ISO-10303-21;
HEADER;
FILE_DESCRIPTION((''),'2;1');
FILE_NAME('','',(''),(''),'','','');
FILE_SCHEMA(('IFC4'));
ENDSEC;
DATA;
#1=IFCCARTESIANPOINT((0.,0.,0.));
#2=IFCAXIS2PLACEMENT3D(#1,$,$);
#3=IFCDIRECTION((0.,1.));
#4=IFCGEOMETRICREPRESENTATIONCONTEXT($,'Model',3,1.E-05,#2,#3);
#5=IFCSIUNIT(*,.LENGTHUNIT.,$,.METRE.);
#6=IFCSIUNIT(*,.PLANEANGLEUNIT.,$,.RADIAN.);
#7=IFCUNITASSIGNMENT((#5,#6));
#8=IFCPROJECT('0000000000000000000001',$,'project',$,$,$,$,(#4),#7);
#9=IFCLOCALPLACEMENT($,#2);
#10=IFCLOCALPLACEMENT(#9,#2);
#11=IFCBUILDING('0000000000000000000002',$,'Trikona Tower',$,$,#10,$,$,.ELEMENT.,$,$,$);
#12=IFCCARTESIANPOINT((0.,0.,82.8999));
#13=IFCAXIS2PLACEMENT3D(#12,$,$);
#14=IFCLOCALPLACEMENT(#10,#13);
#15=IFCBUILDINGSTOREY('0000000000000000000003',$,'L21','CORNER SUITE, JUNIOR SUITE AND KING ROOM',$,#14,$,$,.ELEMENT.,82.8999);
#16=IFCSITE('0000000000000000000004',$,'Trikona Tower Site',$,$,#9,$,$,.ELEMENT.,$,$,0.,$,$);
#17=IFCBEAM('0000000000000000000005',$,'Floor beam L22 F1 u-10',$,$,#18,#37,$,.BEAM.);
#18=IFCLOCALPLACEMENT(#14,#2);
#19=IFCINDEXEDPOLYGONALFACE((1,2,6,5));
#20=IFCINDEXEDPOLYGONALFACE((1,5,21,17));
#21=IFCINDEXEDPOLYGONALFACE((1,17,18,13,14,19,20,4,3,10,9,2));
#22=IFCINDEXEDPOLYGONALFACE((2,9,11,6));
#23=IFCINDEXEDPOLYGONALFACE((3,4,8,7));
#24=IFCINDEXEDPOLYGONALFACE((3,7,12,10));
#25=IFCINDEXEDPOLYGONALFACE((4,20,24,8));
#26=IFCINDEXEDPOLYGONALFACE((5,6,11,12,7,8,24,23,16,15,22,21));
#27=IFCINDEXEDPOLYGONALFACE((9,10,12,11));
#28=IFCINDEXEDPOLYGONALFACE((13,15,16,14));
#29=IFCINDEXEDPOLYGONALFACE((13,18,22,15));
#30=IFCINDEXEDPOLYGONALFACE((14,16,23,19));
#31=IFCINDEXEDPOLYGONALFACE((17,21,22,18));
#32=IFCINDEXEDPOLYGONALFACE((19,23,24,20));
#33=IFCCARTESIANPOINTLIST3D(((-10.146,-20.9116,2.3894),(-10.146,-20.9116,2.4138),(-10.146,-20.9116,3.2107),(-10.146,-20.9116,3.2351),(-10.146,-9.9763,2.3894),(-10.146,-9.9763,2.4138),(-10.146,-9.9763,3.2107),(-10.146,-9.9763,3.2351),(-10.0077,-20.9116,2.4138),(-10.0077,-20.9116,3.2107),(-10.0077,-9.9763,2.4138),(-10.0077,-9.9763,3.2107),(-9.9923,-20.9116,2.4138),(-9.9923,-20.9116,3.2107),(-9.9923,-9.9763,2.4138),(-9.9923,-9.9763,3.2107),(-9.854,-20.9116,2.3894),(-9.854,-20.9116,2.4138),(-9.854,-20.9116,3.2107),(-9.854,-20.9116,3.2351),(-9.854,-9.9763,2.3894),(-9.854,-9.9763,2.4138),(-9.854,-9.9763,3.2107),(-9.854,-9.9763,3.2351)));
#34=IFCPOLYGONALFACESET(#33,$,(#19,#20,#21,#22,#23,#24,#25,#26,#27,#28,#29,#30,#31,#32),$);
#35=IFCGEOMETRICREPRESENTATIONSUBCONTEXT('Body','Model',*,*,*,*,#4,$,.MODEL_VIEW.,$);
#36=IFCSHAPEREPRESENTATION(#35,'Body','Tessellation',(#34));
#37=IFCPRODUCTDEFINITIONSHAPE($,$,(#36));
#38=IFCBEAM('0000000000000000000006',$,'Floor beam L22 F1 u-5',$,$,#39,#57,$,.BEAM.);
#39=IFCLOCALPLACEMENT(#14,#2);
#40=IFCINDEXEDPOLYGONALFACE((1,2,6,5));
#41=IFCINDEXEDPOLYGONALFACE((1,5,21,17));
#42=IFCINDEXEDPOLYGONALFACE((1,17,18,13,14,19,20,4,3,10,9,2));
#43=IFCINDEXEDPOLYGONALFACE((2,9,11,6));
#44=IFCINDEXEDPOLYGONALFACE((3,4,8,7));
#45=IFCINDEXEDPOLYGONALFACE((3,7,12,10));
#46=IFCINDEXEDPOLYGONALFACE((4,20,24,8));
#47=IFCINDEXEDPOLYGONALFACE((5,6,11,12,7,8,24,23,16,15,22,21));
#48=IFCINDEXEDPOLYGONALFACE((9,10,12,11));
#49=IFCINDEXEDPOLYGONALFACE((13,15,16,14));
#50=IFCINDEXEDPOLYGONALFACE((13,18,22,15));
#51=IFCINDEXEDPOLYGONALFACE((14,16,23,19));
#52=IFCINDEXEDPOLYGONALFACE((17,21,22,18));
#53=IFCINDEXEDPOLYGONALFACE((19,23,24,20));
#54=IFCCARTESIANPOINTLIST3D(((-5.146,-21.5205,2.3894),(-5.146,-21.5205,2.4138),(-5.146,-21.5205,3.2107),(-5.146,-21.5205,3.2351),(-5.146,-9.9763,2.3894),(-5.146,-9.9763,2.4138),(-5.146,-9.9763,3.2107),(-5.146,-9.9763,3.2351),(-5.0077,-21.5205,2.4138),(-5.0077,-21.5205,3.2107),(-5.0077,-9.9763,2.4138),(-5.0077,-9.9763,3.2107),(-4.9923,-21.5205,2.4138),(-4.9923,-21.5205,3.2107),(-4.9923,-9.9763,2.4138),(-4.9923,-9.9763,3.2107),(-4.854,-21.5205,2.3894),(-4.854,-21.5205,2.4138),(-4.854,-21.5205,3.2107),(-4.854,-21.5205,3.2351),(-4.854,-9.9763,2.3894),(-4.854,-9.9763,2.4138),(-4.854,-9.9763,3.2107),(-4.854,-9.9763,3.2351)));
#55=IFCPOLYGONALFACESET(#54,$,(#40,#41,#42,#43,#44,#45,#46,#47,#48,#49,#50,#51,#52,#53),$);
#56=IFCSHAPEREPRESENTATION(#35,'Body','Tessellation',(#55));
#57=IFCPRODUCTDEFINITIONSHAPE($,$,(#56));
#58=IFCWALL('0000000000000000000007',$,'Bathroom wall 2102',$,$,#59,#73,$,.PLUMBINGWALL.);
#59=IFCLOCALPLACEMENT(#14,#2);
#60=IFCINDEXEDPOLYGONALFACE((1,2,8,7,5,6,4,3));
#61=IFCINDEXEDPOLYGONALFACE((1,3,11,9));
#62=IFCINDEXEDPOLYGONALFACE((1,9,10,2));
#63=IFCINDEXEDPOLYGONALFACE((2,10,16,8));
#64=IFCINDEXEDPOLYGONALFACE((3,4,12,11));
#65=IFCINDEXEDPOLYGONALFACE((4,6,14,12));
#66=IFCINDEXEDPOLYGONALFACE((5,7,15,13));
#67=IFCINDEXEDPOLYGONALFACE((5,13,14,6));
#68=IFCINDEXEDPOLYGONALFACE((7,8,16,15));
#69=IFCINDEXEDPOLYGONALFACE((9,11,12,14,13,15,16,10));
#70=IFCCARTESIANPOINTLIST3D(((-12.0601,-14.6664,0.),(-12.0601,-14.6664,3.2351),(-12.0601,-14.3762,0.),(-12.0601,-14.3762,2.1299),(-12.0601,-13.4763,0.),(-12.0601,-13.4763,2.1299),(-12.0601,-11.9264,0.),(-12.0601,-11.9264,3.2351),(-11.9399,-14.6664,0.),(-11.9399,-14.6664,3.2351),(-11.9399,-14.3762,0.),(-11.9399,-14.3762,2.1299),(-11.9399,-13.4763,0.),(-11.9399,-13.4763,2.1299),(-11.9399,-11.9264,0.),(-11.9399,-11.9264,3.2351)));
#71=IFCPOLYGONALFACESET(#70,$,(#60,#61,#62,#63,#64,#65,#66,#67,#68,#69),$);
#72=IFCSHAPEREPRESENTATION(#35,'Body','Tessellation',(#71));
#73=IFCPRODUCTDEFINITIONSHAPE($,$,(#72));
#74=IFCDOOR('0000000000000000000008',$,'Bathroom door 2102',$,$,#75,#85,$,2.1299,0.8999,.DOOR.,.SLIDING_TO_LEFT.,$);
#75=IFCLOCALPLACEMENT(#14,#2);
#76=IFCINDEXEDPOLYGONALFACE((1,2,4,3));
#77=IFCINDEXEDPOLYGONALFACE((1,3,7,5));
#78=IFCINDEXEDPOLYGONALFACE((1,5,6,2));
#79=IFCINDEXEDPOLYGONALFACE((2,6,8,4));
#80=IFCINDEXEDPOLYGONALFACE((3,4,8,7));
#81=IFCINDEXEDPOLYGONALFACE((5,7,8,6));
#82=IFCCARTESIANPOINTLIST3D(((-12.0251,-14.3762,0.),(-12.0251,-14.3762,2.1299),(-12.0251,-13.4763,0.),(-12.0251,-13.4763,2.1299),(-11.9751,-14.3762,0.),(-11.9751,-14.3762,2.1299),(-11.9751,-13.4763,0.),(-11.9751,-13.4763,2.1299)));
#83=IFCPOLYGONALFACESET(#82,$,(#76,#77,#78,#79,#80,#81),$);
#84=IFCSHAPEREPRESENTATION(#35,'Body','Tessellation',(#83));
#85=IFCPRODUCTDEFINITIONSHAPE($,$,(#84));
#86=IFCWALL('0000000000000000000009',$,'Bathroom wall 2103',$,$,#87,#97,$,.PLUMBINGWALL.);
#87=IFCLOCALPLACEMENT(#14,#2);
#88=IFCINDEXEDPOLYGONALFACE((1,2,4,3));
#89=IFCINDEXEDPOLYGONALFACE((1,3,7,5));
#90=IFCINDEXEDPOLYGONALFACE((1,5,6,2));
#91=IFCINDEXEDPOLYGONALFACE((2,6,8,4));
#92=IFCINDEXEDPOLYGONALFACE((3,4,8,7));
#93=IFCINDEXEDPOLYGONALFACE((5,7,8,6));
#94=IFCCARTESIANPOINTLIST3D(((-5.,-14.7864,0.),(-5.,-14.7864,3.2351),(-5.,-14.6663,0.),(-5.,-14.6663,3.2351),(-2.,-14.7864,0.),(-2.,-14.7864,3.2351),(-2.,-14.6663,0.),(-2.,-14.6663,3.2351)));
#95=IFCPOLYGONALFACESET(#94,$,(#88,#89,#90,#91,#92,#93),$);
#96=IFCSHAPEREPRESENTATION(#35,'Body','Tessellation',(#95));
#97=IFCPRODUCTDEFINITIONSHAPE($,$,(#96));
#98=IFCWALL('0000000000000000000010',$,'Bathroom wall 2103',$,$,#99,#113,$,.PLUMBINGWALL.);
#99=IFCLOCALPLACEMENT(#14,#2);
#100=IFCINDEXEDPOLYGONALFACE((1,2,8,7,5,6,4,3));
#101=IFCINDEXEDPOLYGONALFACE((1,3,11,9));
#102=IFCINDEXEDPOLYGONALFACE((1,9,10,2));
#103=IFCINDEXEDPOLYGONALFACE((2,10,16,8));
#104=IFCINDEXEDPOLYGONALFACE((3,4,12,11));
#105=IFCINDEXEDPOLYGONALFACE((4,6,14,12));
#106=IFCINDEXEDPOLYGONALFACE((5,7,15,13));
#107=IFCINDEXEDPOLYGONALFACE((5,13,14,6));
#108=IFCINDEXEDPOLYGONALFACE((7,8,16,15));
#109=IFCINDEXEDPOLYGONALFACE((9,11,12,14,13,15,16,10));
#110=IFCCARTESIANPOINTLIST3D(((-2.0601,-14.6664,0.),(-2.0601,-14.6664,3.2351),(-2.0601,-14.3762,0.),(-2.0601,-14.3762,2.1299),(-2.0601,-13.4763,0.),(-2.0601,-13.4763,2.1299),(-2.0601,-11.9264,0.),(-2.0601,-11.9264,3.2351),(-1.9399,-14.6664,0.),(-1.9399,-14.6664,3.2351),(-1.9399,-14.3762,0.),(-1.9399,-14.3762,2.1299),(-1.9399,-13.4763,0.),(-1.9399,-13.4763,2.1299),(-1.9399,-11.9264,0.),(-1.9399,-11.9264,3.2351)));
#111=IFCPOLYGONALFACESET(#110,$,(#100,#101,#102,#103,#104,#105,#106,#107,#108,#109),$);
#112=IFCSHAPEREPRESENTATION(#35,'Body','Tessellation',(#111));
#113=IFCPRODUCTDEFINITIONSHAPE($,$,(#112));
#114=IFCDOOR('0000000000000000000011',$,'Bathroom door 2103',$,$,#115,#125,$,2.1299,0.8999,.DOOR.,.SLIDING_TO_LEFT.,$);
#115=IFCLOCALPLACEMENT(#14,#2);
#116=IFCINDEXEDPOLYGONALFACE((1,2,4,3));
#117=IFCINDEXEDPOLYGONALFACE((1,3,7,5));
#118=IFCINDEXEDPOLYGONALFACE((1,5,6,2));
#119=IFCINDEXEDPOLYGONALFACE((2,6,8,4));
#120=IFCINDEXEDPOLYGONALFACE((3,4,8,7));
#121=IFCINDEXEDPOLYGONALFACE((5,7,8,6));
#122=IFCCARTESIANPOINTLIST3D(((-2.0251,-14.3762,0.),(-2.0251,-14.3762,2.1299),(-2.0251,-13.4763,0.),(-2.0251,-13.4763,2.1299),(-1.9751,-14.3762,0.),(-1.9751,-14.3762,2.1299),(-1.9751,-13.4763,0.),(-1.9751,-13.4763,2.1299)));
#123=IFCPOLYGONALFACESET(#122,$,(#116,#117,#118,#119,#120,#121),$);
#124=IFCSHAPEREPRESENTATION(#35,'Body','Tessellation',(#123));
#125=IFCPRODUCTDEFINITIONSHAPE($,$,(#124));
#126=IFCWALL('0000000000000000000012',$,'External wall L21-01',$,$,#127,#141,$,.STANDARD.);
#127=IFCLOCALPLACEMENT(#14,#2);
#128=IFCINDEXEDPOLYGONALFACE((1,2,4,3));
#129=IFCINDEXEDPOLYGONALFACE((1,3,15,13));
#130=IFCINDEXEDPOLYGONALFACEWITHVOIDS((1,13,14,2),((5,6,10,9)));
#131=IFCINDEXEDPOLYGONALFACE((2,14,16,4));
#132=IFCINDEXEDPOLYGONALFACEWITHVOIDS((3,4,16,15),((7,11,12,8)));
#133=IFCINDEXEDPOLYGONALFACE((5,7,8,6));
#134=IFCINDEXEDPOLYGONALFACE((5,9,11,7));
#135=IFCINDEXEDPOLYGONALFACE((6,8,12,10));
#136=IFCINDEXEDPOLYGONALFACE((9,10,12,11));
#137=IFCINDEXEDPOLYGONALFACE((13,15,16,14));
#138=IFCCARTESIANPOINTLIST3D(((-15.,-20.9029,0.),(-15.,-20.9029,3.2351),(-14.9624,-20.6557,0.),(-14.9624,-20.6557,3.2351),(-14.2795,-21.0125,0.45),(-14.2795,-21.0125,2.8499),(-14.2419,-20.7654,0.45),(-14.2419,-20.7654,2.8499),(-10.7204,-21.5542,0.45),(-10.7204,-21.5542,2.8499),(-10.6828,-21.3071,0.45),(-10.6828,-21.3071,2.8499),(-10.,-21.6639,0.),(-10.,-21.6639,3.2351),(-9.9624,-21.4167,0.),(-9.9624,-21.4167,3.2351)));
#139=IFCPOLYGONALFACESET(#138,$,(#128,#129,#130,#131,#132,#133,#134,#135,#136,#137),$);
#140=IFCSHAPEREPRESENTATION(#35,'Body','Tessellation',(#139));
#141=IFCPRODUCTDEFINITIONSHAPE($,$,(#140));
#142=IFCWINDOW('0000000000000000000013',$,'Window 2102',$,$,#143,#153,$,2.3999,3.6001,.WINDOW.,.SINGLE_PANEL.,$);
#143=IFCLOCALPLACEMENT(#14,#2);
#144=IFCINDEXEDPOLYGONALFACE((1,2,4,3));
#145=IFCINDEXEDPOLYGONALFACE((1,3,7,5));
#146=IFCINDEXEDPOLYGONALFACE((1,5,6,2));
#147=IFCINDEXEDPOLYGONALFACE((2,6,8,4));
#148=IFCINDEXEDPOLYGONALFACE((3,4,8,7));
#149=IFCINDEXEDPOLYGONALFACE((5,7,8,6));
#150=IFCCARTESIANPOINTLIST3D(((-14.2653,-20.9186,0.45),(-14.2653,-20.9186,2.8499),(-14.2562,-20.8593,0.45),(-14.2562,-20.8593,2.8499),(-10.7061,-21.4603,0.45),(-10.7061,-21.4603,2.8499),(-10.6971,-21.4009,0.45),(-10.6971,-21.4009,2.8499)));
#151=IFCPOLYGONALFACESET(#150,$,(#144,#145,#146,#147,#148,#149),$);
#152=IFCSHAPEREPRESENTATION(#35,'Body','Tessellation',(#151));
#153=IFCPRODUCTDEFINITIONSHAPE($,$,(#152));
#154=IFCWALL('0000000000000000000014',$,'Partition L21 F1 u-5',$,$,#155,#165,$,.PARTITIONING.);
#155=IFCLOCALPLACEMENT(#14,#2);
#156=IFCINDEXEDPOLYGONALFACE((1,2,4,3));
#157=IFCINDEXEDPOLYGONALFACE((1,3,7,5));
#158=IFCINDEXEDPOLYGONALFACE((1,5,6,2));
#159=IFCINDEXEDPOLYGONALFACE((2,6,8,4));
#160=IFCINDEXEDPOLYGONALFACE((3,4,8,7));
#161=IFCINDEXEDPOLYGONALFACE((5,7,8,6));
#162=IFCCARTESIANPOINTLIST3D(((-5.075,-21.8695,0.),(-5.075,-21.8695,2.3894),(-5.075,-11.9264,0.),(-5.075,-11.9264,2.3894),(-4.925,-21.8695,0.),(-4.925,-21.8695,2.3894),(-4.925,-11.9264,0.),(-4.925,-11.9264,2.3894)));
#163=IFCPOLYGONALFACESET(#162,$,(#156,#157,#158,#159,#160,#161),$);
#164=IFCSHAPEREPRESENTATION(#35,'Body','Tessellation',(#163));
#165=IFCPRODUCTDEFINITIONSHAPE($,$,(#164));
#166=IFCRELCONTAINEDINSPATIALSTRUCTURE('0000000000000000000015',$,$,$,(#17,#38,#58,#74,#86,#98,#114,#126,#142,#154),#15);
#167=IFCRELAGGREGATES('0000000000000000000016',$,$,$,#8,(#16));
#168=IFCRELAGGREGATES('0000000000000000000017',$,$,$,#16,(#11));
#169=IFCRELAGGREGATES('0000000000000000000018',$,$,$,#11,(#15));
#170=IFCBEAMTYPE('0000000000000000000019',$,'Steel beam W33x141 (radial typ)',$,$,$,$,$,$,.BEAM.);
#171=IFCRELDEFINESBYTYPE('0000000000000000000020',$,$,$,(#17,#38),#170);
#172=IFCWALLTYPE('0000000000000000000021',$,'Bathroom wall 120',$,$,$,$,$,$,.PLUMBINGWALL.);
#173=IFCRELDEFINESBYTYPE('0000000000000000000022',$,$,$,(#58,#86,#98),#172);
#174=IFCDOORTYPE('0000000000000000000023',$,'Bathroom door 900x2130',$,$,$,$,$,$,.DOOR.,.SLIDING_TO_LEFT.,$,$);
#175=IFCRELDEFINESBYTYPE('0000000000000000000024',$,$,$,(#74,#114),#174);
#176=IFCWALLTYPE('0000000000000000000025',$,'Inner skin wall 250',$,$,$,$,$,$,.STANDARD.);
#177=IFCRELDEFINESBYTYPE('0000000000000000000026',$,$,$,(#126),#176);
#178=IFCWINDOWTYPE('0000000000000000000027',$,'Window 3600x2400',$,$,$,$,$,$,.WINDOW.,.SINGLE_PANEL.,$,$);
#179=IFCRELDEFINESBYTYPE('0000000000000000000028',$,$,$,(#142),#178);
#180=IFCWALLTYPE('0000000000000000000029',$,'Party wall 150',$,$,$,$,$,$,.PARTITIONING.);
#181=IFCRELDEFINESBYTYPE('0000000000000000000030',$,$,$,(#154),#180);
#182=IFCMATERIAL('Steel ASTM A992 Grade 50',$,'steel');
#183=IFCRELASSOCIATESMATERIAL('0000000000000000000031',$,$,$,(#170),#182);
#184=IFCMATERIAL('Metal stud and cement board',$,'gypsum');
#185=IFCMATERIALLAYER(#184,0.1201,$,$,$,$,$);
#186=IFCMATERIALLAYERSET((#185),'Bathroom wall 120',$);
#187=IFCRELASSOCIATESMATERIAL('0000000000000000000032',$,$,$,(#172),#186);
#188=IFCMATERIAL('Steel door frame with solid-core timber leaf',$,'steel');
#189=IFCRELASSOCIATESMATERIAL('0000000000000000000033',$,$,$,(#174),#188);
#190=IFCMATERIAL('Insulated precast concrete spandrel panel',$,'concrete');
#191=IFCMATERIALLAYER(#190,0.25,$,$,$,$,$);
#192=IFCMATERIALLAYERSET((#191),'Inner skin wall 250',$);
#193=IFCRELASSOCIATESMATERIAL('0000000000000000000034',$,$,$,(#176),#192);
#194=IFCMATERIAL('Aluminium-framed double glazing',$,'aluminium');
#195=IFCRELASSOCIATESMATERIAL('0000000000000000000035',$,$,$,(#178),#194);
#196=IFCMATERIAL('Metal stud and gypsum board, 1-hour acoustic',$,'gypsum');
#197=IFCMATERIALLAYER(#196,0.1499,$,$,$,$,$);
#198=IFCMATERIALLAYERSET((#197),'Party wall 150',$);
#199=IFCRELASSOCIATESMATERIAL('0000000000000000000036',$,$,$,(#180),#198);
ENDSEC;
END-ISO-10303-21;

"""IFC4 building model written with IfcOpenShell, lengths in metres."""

from ifc_helpers import new_model, si_unit, direction, frame, frame_2d, origin, origin_2d, place, context, subcontext, project, spatial, rectangle, i_section, extrude, material, layer, layer_set, material_profile, profile_set, type_object, element, fill, save


model = new_model("IFC4")

# Units and contexts
model_context = context("Model", 3, precision=1e-05, world=origin(), true_north=direction((0.0, 1.0)))
body_context = subcontext(model_context, "Body", "Model", "MODEL_VIEW")
ifc_project = project(units=[si_unit("LENGTHUNIT", "METRE"), si_unit("PLANEANGLEUNIT", "RADIAN")], contexts=[model_context])

# Site, building, storey
site_placement = place(None, origin())
site = spatial("IfcSite", under=ifc_project, at=site_placement, Name="Trikona Tower Site", CompositionType="ELEMENT", RefElevation=0.0)
building_placement = place(site_placement, origin())
building = spatial("IfcBuilding", under=site, at=building_placement, Name="Trikona Tower", CompositionType="ELEMENT")
storey_placement = place(building_placement, frame((0.0, 0.0, 82.8999)))
storey = spatial("IfcBuildingStorey", under=building, at=storey_placement, Name="L21", Description="CORNER SUITE, JUNIOR SUITE AND KING ROOM", CompositionType="ELEMENT", Elevation=82.8999)

# Beams
ifc_material_1 = material(Name="Steel ASTM A992 Grade 50", Category="steel")
ifc_material_profile = material_profile(ifc_material_1, i_section(OverallWidth=0.292, OverallDepth=0.8457, WebThickness=0.0154, FlangeThickness=0.0244, at=origin_2d()), Name="W33X141")
ifc_profile_set = profile_set([ifc_material_profile], Name="Steel ASTM A992 Grade 50")
beam_type = type_object("IfcBeamType", Name="Steel beam W33x141 (radial typ)", PredefinedType="BEAM", material=ifc_profile_set)
beam_1_placement = place(storey_placement, frame((-10.0, -9.9763, 2.8123), z_axis=(0.0, -1.0, 0.0), x_axis=(1.0, 0.0, 0.0)))
element("IfcBeam", 1, at=beam_1_placement, inside=storey, type_object=beam_type, Name="Floor beam L22 F1 u-10", PredefinedType="BEAM", context=body_context, shape_type="SweptSolid", body=[
    extrude(i_section(OverallWidth=0.292, OverallDepth=0.8457, WebThickness=0.0154, FlangeThickness=0.0244, at=origin_2d()), origin(), (0.0, 0.0, 1.0), 10.9353),
])
beam_2_placement = place(storey_placement, frame((-5.0, -9.9763, 2.8123), z_axis=(0.0, -1.0, 0.0), x_axis=(1.0, 0.0, 0.0)))
element("IfcBeam", 2, at=beam_2_placement, inside=storey, type_object=beam_type, Name="Floor beam L22 F1 u-5", PredefinedType="BEAM", context=body_context, shape_type="SweptSolid", body=[
    extrude(i_section(OverallWidth=0.292, OverallDepth=0.8457, WebThickness=0.0154, FlangeThickness=0.0244, at=origin_2d()), origin(), (0.0, 0.0, 1.0), 11.5442),
])

# Wall, opening, door
ifc_material_2 = material(Name="Metal stud and cement board", Category="gypsum")
ifc_layer_1 = layer(ifc_material_2, 0.1201)
ifc_layer_set_1 = layer_set([ifc_layer_1], Name="Bathroom wall 120")
wall_type_1 = type_object("IfcWallType", Name="Bathroom wall 120", PredefinedType="PLUMBINGWALL", material=ifc_layer_set_1)
wall_1_placement = place(storey_placement, frame((-12.0, -11.9263, 0.0), z_axis=(0.0, 0.0, 1.0), x_axis=(0.0, -1.0, 0.0)))
wall_1 = element("IfcWall", 3, at=wall_1_placement, inside=storey, type_object=wall_type_1, Name="Bathroom wall 2102", PredefinedType="PLUMBINGWALL", context=body_context, shape_type="SweptSolid", body=[
    extrude(rectangle(XDim=2.74, YDim=0.1201, at=frame_2d((1.3701, 0.0))), origin(), (0.0, 0.0, 1.0), 3.2351),
])
opening_1_placement = place(wall_1_placement, frame((1.55, 0.0, 0.0)))
opening_1 = element("IfcOpeningElement", 4, at=opening_1_placement, cuts=wall_1, PredefinedType="OPENING", context=body_context, shape_type="SweptSolid", body=[
    extrude(rectangle(XDim=0.8999, YDim=2.1299, at=frame_2d((0.45, 1.0649))), frame((0.0, 0.0701, 0.0), z_axis=(0.0, -1.0, 0.0), x_axis=(1.0, 0.0, 0.0)), (0.0, 0.0, 1.0), 0.1401),
])
ifc_material_3 = material(Name="Steel door frame with solid-core timber leaf", Category="steel")
door_type_1 = type_object("IfcDoorType", Name="Bathroom door 900x2130", OperationType="SLIDING_TO_LEFT", PredefinedType="DOOR", material=ifc_material_3)
door_1_placement = place(opening_1_placement, origin())
door_1 = element("IfcDoor", 5, at=door_1_placement, inside=storey, type_object=door_type_1, Name="Bathroom door 2102", OperationType="SLIDING_TO_LEFT", OverallHeight=2.1299, OverallWidth=0.8999, PredefinedType="DOOR", context=body_context, shape_type="SweptSolid", body=[
    extrude(rectangle(XDim=0.8999, YDim=2.1299, at=frame_2d((0.45, 1.0649))), frame((0.0, 0.0249, 0.0), z_axis=(0.0, -1.0, 0.0), x_axis=(1.0, 0.0, 0.0)), (0.0, 0.0, 1.0), 0.05),
])
fill(opening_1, door_1)

# Wall
wall_2_placement = place(storey_placement, frame((-5.0, -14.7263, 0.0), z_axis=(0.0, 0.0, 1.0), x_axis=(1.0, 0.0, 0.0)))
element("IfcWall", 6, at=wall_2_placement, inside=storey, type_object=wall_type_1, Name="Bathroom wall 2103", PredefinedType="PLUMBINGWALL", context=body_context, shape_type="SweptSolid", body=[
    extrude(rectangle(XDim=3.0, YDim=0.1201, at=frame_2d((1.5, 0.0))), origin(), (0.0, 0.0, 1.0), 3.2351),
])

# Wall, opening, door
wall_3_placement = place(storey_placement, frame((-2.0, -11.9263, 0.0), z_axis=(0.0, 0.0, 1.0), x_axis=(0.0, -1.0, 0.0)))
wall_3 = element("IfcWall", 7, at=wall_3_placement, inside=storey, type_object=wall_type_1, Name="Bathroom wall 2103", PredefinedType="PLUMBINGWALL", context=body_context, shape_type="SweptSolid", body=[
    extrude(rectangle(XDim=2.74, YDim=0.1201, at=frame_2d((1.3701, 0.0))), origin(), (0.0, 0.0, 1.0), 3.2351),
])
opening_2_placement = place(wall_3_placement, frame((1.55, 0.0, 0.0)))
opening_2 = element("IfcOpeningElement", 8, at=opening_2_placement, cuts=wall_3, PredefinedType="OPENING", context=body_context, shape_type="SweptSolid", body=[
    extrude(rectangle(XDim=0.8999, YDim=2.1299, at=frame_2d((0.45, 1.0649))), frame((0.0, 0.0701, 0.0), z_axis=(0.0, -1.0, 0.0), x_axis=(1.0, 0.0, 0.0)), (0.0, 0.0, 1.0), 0.1401),
])
door_2_placement = place(opening_2_placement, origin())
door_2 = element("IfcDoor", 9, at=door_2_placement, inside=storey, type_object=door_type_1, Name="Bathroom door 2103", OperationType="SLIDING_TO_LEFT", OverallHeight=2.1299, OverallWidth=0.8999, PredefinedType="DOOR", context=body_context, shape_type="SweptSolid", body=[
    extrude(rectangle(XDim=0.8999, YDim=2.1299, at=frame_2d((0.45, 1.0649))), frame((0.0, 0.0249, 0.0), z_axis=(0.0, -1.0, 0.0), x_axis=(1.0, 0.0, 0.0)), (0.0, 0.0, 1.0), 0.05),
])
fill(opening_2, door_2)

# Wall, opening, window
ifc_material_4 = material(Name="Insulated precast concrete spandrel panel", Category="concrete")
ifc_layer_2 = layer(ifc_material_4, 0.25)
ifc_layer_set_2 = layer_set([ifc_layer_2], Name="Inner skin wall 250")
wall_type_2 = type_object("IfcWallType", Name="Inner skin wall 250", PredefinedType="STANDARD", material=ifc_layer_set_2)
wall_4_placement = place(storey_placement, frame((-14.9812, -20.7793, 0.0), z_axis=(0.0, 0.0, 1.0), x_axis=(0.988615, -0.150465, 0.0)))
wall_4 = element("IfcWall", 10, at=wall_4_placement, inside=storey, type_object=wall_type_2, Name="External wall L21-01", PredefinedType="STANDARD", context=body_context, shape_type="SweptSolid", body=[
    extrude(rectangle(XDim=5.0576, YDim=0.25, at=frame_2d((2.5288, 0.0))), origin(), (0.0, 0.0, 1.0), 3.2351),
])
opening_3_placement = place(wall_4_placement, frame((0.7288, 0.0, 0.45)))
opening_3 = element("IfcOpeningElement", 11, at=opening_3_placement, cuts=wall_4, PredefinedType="OPENING", context=body_context, shape_type="SweptSolid", body=[
    extrude(rectangle(XDim=3.6001, YDim=2.3999, at=frame_2d((1.8, 1.2))), frame((0.0, 0.135, 0.0), z_axis=(0.0, -1.0, 0.0), x_axis=(1.0, 0.0, 0.0)), (0.0, 0.0, 1.0), 0.27),
])
ifc_material_5 = material(Name="Aluminium-framed double glazing", Category="aluminium")
window_type = type_object("IfcWindowType", Name="Window 3600x2400", PartitioningType="SINGLE_PANEL", PredefinedType="WINDOW", material=ifc_material_5)
window_placement = place(opening_3_placement, origin())
window = element("IfcWindow", 12, at=window_placement, inside=storey, type_object=window_type, Name="Window 2102", OverallHeight=2.3999, OverallWidth=3.6001, PartitioningType="SINGLE_PANEL", PredefinedType="WINDOW", context=body_context, shape_type="SweptSolid", body=[
    extrude(rectangle(XDim=3.6001, YDim=2.3999, at=frame_2d((1.8, 1.2))), frame((0.0, 0.03, 0.0), z_axis=(0.0, -1.0, 0.0), x_axis=(1.0, 0.0, 0.0)), (0.0, 0.0, 1.0), 0.0601),
])
fill(opening_3, window)

# Wall
ifc_material_6 = material(Name="Metal stud and gypsum board, 1-hour acoustic", Category="gypsum")
ifc_layer_3 = layer(ifc_material_6, 0.1499)
ifc_layer_set_3 = layer_set([ifc_layer_3], Name="Party wall 150")
wall_type_3 = type_object("IfcWallType", Name="Party wall 150", PredefinedType="PARTITIONING", material=ifc_layer_set_3)
wall_5_placement = place(storey_placement, frame((-5.0, -11.9263, 0.0), z_axis=(0.0, 0.0, 1.0), x_axis=(0.0, -1.0, 0.0)))
element("IfcWall", 13, at=wall_5_placement, inside=storey, type_object=wall_type_3, Name="Partition L21 F1 u-5", PredefinedType="PARTITIONING", context=body_context, shape_type="SweptSolid", body=[
    extrude(rectangle(XDim=9.9431, YDim=0.1499, at=frame_2d((4.9717, 0.0))), origin(), (0.0, 0.0, 1.0), 2.3894),
])

save(model, "model.ifc")
